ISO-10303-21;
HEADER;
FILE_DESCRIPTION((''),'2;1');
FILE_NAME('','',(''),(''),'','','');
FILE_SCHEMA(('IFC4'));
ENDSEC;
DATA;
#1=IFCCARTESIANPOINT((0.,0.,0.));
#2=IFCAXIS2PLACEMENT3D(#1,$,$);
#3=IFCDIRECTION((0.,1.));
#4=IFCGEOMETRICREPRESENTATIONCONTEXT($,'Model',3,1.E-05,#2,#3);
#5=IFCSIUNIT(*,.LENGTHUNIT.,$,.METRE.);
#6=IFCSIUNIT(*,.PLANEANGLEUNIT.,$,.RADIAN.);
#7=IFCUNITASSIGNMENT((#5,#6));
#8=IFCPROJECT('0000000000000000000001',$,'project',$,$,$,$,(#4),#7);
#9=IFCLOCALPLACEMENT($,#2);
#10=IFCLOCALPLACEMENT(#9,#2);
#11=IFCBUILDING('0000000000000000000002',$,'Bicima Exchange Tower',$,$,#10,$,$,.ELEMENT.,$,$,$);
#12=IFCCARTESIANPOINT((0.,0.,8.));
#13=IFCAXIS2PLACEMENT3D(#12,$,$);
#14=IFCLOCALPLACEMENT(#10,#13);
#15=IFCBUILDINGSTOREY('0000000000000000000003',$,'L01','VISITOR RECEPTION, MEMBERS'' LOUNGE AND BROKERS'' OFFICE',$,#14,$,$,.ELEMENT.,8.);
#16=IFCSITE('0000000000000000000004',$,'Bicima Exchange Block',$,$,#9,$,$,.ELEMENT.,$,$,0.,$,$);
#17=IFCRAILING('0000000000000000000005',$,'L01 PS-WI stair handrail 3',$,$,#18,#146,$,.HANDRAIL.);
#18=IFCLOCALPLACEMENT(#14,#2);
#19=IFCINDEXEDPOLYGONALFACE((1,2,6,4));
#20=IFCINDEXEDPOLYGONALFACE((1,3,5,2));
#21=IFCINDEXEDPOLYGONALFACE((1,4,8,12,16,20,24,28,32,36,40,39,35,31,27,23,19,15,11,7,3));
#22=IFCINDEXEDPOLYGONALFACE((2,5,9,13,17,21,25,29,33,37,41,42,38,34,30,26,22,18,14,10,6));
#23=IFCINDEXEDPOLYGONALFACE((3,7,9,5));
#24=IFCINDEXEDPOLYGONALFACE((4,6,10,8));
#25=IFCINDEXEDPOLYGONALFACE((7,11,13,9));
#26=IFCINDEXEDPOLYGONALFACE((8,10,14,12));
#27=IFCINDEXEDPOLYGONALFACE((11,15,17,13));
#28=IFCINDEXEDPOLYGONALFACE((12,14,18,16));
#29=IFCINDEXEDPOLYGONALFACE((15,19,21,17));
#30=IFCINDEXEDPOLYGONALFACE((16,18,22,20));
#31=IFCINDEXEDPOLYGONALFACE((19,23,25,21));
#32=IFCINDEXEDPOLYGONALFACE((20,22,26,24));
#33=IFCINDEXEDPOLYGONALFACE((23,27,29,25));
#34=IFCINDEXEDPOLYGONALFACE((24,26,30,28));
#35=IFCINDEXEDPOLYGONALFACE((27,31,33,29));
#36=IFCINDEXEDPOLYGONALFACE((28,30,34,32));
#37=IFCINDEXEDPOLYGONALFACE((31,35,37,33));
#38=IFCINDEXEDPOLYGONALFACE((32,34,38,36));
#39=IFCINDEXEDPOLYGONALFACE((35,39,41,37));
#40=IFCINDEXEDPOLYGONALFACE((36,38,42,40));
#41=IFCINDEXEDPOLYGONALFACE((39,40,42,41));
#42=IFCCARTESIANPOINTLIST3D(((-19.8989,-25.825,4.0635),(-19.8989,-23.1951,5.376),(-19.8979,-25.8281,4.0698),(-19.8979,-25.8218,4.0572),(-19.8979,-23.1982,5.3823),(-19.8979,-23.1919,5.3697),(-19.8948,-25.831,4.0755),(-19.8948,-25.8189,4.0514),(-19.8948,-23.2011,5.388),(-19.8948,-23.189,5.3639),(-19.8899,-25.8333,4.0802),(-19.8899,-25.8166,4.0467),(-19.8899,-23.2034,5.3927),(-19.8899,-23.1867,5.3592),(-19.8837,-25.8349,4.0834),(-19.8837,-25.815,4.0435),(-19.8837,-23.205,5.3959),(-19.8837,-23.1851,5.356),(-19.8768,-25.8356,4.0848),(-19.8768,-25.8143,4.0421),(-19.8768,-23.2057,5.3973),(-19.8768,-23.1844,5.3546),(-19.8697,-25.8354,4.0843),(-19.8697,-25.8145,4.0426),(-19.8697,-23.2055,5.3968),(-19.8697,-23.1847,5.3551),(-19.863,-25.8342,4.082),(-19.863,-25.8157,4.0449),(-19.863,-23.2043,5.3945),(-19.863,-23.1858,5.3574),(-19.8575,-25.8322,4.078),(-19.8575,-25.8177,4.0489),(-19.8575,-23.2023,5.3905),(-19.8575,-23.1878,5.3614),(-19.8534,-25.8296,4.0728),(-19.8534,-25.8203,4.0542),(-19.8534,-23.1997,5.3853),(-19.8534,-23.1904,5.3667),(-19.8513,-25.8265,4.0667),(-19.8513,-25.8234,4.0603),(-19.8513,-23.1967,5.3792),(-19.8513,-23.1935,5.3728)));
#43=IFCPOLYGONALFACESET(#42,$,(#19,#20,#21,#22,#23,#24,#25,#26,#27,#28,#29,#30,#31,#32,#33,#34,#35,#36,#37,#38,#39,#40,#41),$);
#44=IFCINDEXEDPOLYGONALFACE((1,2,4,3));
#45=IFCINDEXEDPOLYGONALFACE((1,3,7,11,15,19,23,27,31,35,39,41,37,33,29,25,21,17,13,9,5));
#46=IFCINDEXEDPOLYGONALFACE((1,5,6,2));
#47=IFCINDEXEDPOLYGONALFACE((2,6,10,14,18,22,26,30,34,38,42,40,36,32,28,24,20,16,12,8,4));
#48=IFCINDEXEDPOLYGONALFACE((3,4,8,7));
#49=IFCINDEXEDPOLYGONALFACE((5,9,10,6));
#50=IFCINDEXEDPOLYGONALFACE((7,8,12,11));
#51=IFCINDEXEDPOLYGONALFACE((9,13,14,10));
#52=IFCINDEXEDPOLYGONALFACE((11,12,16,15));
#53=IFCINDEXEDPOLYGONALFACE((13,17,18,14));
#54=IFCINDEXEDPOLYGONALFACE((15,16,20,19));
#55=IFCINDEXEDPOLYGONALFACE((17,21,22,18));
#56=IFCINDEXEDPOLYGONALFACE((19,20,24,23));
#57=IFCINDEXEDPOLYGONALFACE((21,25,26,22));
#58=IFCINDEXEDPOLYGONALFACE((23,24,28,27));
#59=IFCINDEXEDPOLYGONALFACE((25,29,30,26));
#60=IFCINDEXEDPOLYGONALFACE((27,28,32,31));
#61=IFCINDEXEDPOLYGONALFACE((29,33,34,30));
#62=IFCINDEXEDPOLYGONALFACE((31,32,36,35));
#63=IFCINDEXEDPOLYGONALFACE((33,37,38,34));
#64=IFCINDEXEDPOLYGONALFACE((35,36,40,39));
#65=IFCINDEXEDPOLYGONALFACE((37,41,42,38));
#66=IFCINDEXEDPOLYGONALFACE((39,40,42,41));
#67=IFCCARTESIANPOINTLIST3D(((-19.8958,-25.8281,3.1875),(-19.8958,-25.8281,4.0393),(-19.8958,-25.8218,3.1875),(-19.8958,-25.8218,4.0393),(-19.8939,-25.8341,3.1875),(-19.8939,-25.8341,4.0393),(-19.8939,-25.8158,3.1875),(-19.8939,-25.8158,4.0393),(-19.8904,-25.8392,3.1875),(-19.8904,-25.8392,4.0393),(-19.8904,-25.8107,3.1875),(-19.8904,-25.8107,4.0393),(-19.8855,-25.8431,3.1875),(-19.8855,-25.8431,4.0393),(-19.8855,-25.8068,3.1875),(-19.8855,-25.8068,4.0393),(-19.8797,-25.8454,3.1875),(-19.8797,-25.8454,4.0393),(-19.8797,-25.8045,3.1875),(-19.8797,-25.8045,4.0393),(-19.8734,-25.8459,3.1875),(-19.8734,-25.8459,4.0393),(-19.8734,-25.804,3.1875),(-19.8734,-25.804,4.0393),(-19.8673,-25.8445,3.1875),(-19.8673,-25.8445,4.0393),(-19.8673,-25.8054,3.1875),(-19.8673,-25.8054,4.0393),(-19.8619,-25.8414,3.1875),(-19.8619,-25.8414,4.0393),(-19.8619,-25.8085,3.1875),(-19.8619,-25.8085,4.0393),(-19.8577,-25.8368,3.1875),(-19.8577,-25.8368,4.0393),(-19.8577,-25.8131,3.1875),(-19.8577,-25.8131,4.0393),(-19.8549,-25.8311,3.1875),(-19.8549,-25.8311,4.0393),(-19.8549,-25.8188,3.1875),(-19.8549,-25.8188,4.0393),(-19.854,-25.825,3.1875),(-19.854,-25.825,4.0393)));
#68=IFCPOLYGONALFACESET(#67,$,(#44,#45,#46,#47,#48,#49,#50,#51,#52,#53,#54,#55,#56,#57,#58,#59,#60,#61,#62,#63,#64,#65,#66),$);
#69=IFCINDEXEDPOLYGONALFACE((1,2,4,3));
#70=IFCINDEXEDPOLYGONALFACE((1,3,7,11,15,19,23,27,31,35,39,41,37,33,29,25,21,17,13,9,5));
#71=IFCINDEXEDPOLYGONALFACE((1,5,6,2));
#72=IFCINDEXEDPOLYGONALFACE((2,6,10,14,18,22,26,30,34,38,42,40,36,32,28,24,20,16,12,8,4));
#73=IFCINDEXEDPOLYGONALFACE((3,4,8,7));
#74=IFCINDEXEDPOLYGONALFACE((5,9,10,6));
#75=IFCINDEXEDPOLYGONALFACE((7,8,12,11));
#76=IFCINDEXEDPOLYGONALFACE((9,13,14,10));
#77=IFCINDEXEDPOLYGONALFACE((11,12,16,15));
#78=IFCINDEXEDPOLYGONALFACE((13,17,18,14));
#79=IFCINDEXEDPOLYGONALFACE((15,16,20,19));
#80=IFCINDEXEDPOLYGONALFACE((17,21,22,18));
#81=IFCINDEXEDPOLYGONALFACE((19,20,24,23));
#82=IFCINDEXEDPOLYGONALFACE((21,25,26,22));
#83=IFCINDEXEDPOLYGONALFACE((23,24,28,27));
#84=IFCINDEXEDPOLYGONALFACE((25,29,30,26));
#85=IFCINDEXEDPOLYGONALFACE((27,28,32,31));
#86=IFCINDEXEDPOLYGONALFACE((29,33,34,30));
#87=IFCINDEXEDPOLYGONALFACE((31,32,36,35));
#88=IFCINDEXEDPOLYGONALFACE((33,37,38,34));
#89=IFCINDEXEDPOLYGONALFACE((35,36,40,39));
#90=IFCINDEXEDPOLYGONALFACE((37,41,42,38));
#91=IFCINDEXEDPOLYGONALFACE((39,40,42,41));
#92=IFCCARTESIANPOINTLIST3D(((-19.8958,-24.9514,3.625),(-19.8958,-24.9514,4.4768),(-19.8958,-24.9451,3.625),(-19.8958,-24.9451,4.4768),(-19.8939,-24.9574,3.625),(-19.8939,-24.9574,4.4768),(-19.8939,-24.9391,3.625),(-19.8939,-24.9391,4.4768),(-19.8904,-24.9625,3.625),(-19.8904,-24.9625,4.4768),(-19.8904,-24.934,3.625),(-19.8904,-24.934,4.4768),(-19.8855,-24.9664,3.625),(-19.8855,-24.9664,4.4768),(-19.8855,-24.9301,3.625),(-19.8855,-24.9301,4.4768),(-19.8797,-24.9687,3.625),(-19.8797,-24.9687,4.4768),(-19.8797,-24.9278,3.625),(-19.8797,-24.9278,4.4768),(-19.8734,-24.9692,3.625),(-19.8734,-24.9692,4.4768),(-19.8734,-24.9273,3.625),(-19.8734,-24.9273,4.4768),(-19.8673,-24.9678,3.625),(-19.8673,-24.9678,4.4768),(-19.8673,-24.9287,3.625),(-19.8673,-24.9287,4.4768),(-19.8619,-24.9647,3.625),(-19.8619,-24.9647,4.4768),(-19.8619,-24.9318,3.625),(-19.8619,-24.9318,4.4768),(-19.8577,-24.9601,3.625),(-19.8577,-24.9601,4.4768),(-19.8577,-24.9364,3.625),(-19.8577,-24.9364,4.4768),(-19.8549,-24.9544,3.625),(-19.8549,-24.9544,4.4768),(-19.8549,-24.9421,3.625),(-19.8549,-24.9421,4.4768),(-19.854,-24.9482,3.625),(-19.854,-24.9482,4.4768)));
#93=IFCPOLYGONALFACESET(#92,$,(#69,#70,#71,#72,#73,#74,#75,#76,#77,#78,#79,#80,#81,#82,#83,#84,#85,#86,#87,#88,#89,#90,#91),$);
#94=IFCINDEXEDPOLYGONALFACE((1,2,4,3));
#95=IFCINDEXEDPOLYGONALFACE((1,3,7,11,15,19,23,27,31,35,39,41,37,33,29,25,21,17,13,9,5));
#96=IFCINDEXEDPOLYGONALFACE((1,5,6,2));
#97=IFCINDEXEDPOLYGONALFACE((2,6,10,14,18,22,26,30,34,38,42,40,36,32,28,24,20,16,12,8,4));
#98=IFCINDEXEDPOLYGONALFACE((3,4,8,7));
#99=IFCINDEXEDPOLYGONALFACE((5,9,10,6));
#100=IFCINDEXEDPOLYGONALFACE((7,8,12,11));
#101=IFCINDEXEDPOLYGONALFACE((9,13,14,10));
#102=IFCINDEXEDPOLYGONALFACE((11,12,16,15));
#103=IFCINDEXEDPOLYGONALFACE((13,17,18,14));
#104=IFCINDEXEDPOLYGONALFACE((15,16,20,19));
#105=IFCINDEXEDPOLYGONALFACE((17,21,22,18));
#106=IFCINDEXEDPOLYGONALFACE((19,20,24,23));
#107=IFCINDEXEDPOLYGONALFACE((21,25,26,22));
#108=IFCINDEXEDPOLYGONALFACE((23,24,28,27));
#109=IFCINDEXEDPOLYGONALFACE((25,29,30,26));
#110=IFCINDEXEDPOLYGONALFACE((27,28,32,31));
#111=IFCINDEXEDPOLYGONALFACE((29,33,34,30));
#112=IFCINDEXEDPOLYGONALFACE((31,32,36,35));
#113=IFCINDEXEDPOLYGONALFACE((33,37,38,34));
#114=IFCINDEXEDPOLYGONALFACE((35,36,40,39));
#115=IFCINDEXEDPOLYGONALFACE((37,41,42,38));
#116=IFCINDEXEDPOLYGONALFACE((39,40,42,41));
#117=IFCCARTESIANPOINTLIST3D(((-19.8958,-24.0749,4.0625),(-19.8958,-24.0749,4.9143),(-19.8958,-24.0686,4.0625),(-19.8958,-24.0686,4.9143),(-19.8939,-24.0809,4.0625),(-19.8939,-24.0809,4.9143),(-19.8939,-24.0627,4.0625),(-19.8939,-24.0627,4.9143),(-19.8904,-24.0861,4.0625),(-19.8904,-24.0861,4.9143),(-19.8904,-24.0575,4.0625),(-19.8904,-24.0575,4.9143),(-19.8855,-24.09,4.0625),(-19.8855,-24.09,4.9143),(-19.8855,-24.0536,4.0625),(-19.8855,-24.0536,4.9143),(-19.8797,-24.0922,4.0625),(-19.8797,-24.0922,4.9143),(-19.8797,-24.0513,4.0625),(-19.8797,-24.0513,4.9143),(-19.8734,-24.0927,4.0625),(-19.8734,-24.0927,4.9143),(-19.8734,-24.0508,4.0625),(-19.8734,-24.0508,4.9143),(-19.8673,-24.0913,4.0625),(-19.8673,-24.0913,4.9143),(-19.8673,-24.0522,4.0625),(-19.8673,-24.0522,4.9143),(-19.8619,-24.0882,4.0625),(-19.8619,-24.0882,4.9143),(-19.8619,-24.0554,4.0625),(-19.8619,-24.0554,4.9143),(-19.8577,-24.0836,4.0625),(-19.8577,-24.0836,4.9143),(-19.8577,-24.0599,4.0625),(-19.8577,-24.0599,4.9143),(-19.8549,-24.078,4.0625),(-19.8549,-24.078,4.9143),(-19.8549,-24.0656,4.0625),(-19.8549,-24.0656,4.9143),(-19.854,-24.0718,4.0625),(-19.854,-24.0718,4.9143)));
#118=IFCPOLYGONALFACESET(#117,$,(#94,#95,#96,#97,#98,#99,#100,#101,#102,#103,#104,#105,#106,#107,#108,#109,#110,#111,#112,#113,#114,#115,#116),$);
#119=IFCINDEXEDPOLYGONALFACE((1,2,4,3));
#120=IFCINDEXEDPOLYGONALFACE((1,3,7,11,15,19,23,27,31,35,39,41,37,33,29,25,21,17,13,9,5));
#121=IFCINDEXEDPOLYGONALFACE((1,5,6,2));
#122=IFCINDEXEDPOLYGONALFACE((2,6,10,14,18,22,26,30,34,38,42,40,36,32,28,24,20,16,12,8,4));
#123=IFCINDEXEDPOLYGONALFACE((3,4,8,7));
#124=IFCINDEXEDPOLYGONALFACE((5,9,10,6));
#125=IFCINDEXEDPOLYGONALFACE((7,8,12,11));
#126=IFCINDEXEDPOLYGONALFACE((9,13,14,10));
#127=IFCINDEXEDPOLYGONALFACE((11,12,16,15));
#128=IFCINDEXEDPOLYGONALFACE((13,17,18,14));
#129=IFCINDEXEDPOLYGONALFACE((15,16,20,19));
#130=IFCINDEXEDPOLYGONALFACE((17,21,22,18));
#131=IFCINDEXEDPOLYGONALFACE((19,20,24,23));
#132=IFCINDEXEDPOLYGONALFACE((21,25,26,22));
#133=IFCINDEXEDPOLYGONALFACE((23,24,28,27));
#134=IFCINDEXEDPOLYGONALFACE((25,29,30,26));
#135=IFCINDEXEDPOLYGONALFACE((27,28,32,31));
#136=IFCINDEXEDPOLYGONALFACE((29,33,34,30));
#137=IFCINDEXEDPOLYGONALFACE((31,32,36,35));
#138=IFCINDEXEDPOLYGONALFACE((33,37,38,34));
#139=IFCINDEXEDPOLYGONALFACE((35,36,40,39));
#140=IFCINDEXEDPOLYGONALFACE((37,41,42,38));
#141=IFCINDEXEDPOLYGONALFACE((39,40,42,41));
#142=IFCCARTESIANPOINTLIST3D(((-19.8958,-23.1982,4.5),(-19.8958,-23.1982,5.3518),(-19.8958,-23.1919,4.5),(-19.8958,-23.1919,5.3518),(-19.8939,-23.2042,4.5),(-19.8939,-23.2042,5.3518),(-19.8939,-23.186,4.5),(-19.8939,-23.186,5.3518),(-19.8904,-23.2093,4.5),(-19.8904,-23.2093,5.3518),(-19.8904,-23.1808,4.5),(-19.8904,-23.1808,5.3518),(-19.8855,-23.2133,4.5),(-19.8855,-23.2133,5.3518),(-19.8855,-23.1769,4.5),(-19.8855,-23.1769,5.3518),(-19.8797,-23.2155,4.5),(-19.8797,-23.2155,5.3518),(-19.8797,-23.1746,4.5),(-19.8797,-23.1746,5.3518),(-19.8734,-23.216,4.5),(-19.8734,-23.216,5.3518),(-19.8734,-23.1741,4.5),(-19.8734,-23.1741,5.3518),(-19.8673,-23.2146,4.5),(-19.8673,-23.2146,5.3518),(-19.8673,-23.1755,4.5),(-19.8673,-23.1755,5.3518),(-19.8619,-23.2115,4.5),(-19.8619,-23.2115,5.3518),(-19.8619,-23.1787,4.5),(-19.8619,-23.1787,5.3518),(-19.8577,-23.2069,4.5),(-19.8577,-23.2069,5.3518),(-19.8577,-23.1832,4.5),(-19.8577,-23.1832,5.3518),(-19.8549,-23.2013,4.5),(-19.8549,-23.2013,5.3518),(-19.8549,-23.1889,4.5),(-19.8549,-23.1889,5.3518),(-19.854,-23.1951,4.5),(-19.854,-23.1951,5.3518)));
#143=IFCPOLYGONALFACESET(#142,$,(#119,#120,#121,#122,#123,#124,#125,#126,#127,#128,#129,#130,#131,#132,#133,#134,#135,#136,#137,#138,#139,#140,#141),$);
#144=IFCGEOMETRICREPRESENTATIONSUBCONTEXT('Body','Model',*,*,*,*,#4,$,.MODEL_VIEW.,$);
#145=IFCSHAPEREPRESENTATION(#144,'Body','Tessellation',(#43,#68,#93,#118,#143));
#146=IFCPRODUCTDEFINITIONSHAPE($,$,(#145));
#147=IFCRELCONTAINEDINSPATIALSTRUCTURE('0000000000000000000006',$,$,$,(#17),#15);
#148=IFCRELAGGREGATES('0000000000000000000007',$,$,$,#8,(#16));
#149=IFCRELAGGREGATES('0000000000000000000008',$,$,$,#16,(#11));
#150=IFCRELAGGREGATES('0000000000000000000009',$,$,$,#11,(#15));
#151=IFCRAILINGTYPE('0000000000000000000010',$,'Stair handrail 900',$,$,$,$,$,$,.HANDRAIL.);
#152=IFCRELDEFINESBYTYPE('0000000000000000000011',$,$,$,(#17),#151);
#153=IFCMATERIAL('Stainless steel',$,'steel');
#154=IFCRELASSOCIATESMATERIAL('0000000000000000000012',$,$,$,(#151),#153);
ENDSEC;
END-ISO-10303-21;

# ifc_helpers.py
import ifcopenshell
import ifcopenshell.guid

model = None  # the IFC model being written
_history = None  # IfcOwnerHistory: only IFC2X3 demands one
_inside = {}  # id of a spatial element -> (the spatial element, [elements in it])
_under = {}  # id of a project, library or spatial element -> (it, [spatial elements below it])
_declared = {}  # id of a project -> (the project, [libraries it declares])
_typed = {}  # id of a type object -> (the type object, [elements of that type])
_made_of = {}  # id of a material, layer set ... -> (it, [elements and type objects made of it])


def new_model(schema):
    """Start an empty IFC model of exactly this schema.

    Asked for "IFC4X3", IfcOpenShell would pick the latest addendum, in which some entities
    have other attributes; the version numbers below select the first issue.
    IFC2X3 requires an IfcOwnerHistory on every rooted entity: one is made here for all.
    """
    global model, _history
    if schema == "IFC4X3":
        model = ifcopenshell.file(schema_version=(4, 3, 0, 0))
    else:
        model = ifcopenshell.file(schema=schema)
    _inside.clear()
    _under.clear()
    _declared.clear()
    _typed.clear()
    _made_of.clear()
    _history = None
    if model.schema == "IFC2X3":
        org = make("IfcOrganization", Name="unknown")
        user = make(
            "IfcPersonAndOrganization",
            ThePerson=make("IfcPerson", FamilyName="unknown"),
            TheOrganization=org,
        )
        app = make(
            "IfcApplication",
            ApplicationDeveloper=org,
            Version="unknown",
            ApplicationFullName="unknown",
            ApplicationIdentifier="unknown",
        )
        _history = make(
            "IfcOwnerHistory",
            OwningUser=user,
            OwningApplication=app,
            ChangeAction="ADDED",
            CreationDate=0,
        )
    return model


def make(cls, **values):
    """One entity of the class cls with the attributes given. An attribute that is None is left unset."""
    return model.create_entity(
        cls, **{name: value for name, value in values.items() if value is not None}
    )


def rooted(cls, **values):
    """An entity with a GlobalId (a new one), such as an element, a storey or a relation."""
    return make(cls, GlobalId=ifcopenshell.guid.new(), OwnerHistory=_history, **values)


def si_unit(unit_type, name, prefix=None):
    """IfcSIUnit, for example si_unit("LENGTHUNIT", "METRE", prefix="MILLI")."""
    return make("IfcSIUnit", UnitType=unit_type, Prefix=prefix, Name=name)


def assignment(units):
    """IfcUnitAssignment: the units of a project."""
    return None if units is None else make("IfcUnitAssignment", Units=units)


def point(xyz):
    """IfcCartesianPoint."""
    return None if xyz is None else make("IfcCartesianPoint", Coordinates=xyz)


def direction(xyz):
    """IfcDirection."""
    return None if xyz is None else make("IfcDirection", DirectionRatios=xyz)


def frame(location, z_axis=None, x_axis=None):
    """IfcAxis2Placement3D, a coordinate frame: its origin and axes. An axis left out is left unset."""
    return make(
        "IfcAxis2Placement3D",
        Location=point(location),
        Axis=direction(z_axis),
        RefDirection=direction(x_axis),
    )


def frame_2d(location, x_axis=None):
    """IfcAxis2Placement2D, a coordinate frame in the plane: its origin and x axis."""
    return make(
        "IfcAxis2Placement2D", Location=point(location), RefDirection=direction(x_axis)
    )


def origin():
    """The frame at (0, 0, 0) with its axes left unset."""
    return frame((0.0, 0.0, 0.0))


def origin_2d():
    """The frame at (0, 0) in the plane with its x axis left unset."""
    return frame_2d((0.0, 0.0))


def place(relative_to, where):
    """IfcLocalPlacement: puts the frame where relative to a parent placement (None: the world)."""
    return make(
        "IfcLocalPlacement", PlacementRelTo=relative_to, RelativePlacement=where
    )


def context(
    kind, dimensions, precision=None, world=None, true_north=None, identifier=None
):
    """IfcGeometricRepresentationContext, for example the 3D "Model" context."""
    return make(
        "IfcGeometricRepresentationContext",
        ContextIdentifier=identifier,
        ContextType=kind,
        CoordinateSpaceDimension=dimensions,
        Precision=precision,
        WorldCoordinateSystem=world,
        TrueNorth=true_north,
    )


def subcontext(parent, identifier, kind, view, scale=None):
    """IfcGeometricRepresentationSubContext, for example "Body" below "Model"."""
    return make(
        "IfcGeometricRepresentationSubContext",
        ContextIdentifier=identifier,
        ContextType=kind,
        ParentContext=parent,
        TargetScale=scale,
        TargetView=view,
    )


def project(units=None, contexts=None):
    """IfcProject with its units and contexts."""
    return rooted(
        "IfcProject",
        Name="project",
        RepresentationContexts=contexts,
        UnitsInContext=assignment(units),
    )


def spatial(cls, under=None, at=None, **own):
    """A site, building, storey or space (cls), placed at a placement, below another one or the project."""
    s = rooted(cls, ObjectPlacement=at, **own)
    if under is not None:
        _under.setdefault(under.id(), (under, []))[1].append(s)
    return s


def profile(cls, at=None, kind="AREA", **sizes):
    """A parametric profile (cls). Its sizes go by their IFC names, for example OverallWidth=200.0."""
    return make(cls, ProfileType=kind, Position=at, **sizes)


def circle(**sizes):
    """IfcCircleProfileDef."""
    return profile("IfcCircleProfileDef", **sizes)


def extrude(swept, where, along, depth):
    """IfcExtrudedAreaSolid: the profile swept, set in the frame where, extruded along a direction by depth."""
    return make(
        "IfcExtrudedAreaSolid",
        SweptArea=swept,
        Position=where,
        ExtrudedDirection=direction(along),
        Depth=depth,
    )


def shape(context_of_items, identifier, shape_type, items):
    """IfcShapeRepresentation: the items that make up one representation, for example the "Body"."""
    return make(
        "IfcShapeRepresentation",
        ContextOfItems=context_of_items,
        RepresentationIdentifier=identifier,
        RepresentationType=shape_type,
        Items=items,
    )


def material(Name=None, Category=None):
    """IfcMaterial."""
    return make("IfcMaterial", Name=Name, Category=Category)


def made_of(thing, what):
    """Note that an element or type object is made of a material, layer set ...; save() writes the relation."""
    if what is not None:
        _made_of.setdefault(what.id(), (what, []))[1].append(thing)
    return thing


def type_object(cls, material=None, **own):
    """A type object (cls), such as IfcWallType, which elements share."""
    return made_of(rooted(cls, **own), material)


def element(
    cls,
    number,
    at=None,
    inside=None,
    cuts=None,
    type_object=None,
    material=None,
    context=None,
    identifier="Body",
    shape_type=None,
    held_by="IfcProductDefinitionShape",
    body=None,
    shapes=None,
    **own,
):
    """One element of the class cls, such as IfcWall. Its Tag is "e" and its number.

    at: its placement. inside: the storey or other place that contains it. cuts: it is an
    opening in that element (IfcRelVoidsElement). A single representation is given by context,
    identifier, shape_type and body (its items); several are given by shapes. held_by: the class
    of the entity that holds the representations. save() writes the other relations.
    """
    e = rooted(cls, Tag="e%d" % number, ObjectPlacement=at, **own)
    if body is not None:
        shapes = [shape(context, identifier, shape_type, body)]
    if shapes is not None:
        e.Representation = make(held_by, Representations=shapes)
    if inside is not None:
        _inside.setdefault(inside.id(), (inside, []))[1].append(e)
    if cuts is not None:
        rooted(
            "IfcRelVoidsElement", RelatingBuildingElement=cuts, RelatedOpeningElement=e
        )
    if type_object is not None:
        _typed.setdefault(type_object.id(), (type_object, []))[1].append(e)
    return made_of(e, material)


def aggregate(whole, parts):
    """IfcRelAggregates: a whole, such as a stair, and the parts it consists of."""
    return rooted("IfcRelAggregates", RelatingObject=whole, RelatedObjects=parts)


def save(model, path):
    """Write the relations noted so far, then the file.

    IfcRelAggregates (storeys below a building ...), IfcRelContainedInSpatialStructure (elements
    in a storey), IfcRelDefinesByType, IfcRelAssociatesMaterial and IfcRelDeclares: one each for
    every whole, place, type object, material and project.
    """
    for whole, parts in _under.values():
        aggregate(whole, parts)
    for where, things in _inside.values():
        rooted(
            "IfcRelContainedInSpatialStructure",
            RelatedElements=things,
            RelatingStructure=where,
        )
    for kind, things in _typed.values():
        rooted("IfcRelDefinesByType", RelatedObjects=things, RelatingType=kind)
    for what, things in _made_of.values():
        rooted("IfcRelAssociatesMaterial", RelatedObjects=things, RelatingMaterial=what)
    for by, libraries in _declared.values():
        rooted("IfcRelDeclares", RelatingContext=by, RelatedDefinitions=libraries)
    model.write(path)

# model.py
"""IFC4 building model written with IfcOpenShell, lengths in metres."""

from ifc_helpers import new_model, si_unit, direction, frame, origin, origin_2d, place, context, subcontext, project, spatial, circle, extrude, material, type_object, element, save


model = new_model("IFC4")

# Units and contexts
model_context = context("Model", 3, precision=1e-05, world=origin(), true_north=direction((0.0, 1.0)))
body_context = subcontext(model_context, "Body", "Model", "MODEL_VIEW")
ifc_project = project(units=[si_unit("LENGTHUNIT", "METRE"), si_unit("PLANEANGLEUNIT", "RADIAN")], contexts=[model_context])

# Site, building, storey
site_placement = place(None, origin())
site = spatial("IfcSite", under=ifc_project, at=site_placement, Name="Bicima Exchange Block", CompositionType="ELEMENT", RefElevation=0.0)
building_placement = place(site_placement, origin())
building = spatial("IfcBuilding", under=site, at=building_placement, Name="Bicima Exchange Tower", CompositionType="ELEMENT")
storey_placement = place(building_placement, frame((0.0, 0.0, 8.0)))
storey = spatial("IfcBuildingStorey", under=building, at=storey_placement, Name="L01", Description="VISITOR RECEPTION, MEMBERS' LOUNGE AND BROKERS' OFFICE", CompositionType="ELEMENT", Elevation=8.0)

# Shared definitions
ifc_material_1 = material(Name="Stainless steel", Category="steel")

# Railing
railing_type = type_object("IfcRailingType", Name="Stair handrail 900", PredefinedType="HANDRAIL", material=ifc_material_1)
for number, where, name in (
    (1, (-19.875, -25.825, 3.1875), "L01 PS-WI stair handrail 3"),
):
    element("IfcRailing", number, at=place(storey_placement, frame(where)), inside=storey, type_object=railing_type, Name=name, PredefinedType="HANDRAIL", context=body_context, shape_type="SweptSolid", body=[
        extrude(circle(Radius=0.0239, at=origin_2d()), frame((0.0, 0.0, 0.876), z_axis=(0.0, 0.894759, 0.446549), x_axis=(-1.0, 0.0, 0.0)), (0.0, 0.0, 1.0), 2.9392),
        extrude(circle(Radius=0.021, at=origin_2d()), origin(), (0.0, 0.0, 1.0), 0.8518),
        extrude(circle(Radius=0.021, at=origin_2d()), frame((0.0, 0.8767, 0.4375)), (0.0, 0.0, 1.0), 0.8518),
        extrude(circle(Radius=0.021, at=origin_2d()), frame((0.0, 1.7532, 0.875)), (0.0, 0.0, 1.0), 0.8518),
        extrude(circle(Radius=0.021, at=origin_2d()), frame((0.0, 2.6299, 1.3125)), (0.0, 0.0, 1.0), 0.8518),
    ])

save(model, "model.ifc")
